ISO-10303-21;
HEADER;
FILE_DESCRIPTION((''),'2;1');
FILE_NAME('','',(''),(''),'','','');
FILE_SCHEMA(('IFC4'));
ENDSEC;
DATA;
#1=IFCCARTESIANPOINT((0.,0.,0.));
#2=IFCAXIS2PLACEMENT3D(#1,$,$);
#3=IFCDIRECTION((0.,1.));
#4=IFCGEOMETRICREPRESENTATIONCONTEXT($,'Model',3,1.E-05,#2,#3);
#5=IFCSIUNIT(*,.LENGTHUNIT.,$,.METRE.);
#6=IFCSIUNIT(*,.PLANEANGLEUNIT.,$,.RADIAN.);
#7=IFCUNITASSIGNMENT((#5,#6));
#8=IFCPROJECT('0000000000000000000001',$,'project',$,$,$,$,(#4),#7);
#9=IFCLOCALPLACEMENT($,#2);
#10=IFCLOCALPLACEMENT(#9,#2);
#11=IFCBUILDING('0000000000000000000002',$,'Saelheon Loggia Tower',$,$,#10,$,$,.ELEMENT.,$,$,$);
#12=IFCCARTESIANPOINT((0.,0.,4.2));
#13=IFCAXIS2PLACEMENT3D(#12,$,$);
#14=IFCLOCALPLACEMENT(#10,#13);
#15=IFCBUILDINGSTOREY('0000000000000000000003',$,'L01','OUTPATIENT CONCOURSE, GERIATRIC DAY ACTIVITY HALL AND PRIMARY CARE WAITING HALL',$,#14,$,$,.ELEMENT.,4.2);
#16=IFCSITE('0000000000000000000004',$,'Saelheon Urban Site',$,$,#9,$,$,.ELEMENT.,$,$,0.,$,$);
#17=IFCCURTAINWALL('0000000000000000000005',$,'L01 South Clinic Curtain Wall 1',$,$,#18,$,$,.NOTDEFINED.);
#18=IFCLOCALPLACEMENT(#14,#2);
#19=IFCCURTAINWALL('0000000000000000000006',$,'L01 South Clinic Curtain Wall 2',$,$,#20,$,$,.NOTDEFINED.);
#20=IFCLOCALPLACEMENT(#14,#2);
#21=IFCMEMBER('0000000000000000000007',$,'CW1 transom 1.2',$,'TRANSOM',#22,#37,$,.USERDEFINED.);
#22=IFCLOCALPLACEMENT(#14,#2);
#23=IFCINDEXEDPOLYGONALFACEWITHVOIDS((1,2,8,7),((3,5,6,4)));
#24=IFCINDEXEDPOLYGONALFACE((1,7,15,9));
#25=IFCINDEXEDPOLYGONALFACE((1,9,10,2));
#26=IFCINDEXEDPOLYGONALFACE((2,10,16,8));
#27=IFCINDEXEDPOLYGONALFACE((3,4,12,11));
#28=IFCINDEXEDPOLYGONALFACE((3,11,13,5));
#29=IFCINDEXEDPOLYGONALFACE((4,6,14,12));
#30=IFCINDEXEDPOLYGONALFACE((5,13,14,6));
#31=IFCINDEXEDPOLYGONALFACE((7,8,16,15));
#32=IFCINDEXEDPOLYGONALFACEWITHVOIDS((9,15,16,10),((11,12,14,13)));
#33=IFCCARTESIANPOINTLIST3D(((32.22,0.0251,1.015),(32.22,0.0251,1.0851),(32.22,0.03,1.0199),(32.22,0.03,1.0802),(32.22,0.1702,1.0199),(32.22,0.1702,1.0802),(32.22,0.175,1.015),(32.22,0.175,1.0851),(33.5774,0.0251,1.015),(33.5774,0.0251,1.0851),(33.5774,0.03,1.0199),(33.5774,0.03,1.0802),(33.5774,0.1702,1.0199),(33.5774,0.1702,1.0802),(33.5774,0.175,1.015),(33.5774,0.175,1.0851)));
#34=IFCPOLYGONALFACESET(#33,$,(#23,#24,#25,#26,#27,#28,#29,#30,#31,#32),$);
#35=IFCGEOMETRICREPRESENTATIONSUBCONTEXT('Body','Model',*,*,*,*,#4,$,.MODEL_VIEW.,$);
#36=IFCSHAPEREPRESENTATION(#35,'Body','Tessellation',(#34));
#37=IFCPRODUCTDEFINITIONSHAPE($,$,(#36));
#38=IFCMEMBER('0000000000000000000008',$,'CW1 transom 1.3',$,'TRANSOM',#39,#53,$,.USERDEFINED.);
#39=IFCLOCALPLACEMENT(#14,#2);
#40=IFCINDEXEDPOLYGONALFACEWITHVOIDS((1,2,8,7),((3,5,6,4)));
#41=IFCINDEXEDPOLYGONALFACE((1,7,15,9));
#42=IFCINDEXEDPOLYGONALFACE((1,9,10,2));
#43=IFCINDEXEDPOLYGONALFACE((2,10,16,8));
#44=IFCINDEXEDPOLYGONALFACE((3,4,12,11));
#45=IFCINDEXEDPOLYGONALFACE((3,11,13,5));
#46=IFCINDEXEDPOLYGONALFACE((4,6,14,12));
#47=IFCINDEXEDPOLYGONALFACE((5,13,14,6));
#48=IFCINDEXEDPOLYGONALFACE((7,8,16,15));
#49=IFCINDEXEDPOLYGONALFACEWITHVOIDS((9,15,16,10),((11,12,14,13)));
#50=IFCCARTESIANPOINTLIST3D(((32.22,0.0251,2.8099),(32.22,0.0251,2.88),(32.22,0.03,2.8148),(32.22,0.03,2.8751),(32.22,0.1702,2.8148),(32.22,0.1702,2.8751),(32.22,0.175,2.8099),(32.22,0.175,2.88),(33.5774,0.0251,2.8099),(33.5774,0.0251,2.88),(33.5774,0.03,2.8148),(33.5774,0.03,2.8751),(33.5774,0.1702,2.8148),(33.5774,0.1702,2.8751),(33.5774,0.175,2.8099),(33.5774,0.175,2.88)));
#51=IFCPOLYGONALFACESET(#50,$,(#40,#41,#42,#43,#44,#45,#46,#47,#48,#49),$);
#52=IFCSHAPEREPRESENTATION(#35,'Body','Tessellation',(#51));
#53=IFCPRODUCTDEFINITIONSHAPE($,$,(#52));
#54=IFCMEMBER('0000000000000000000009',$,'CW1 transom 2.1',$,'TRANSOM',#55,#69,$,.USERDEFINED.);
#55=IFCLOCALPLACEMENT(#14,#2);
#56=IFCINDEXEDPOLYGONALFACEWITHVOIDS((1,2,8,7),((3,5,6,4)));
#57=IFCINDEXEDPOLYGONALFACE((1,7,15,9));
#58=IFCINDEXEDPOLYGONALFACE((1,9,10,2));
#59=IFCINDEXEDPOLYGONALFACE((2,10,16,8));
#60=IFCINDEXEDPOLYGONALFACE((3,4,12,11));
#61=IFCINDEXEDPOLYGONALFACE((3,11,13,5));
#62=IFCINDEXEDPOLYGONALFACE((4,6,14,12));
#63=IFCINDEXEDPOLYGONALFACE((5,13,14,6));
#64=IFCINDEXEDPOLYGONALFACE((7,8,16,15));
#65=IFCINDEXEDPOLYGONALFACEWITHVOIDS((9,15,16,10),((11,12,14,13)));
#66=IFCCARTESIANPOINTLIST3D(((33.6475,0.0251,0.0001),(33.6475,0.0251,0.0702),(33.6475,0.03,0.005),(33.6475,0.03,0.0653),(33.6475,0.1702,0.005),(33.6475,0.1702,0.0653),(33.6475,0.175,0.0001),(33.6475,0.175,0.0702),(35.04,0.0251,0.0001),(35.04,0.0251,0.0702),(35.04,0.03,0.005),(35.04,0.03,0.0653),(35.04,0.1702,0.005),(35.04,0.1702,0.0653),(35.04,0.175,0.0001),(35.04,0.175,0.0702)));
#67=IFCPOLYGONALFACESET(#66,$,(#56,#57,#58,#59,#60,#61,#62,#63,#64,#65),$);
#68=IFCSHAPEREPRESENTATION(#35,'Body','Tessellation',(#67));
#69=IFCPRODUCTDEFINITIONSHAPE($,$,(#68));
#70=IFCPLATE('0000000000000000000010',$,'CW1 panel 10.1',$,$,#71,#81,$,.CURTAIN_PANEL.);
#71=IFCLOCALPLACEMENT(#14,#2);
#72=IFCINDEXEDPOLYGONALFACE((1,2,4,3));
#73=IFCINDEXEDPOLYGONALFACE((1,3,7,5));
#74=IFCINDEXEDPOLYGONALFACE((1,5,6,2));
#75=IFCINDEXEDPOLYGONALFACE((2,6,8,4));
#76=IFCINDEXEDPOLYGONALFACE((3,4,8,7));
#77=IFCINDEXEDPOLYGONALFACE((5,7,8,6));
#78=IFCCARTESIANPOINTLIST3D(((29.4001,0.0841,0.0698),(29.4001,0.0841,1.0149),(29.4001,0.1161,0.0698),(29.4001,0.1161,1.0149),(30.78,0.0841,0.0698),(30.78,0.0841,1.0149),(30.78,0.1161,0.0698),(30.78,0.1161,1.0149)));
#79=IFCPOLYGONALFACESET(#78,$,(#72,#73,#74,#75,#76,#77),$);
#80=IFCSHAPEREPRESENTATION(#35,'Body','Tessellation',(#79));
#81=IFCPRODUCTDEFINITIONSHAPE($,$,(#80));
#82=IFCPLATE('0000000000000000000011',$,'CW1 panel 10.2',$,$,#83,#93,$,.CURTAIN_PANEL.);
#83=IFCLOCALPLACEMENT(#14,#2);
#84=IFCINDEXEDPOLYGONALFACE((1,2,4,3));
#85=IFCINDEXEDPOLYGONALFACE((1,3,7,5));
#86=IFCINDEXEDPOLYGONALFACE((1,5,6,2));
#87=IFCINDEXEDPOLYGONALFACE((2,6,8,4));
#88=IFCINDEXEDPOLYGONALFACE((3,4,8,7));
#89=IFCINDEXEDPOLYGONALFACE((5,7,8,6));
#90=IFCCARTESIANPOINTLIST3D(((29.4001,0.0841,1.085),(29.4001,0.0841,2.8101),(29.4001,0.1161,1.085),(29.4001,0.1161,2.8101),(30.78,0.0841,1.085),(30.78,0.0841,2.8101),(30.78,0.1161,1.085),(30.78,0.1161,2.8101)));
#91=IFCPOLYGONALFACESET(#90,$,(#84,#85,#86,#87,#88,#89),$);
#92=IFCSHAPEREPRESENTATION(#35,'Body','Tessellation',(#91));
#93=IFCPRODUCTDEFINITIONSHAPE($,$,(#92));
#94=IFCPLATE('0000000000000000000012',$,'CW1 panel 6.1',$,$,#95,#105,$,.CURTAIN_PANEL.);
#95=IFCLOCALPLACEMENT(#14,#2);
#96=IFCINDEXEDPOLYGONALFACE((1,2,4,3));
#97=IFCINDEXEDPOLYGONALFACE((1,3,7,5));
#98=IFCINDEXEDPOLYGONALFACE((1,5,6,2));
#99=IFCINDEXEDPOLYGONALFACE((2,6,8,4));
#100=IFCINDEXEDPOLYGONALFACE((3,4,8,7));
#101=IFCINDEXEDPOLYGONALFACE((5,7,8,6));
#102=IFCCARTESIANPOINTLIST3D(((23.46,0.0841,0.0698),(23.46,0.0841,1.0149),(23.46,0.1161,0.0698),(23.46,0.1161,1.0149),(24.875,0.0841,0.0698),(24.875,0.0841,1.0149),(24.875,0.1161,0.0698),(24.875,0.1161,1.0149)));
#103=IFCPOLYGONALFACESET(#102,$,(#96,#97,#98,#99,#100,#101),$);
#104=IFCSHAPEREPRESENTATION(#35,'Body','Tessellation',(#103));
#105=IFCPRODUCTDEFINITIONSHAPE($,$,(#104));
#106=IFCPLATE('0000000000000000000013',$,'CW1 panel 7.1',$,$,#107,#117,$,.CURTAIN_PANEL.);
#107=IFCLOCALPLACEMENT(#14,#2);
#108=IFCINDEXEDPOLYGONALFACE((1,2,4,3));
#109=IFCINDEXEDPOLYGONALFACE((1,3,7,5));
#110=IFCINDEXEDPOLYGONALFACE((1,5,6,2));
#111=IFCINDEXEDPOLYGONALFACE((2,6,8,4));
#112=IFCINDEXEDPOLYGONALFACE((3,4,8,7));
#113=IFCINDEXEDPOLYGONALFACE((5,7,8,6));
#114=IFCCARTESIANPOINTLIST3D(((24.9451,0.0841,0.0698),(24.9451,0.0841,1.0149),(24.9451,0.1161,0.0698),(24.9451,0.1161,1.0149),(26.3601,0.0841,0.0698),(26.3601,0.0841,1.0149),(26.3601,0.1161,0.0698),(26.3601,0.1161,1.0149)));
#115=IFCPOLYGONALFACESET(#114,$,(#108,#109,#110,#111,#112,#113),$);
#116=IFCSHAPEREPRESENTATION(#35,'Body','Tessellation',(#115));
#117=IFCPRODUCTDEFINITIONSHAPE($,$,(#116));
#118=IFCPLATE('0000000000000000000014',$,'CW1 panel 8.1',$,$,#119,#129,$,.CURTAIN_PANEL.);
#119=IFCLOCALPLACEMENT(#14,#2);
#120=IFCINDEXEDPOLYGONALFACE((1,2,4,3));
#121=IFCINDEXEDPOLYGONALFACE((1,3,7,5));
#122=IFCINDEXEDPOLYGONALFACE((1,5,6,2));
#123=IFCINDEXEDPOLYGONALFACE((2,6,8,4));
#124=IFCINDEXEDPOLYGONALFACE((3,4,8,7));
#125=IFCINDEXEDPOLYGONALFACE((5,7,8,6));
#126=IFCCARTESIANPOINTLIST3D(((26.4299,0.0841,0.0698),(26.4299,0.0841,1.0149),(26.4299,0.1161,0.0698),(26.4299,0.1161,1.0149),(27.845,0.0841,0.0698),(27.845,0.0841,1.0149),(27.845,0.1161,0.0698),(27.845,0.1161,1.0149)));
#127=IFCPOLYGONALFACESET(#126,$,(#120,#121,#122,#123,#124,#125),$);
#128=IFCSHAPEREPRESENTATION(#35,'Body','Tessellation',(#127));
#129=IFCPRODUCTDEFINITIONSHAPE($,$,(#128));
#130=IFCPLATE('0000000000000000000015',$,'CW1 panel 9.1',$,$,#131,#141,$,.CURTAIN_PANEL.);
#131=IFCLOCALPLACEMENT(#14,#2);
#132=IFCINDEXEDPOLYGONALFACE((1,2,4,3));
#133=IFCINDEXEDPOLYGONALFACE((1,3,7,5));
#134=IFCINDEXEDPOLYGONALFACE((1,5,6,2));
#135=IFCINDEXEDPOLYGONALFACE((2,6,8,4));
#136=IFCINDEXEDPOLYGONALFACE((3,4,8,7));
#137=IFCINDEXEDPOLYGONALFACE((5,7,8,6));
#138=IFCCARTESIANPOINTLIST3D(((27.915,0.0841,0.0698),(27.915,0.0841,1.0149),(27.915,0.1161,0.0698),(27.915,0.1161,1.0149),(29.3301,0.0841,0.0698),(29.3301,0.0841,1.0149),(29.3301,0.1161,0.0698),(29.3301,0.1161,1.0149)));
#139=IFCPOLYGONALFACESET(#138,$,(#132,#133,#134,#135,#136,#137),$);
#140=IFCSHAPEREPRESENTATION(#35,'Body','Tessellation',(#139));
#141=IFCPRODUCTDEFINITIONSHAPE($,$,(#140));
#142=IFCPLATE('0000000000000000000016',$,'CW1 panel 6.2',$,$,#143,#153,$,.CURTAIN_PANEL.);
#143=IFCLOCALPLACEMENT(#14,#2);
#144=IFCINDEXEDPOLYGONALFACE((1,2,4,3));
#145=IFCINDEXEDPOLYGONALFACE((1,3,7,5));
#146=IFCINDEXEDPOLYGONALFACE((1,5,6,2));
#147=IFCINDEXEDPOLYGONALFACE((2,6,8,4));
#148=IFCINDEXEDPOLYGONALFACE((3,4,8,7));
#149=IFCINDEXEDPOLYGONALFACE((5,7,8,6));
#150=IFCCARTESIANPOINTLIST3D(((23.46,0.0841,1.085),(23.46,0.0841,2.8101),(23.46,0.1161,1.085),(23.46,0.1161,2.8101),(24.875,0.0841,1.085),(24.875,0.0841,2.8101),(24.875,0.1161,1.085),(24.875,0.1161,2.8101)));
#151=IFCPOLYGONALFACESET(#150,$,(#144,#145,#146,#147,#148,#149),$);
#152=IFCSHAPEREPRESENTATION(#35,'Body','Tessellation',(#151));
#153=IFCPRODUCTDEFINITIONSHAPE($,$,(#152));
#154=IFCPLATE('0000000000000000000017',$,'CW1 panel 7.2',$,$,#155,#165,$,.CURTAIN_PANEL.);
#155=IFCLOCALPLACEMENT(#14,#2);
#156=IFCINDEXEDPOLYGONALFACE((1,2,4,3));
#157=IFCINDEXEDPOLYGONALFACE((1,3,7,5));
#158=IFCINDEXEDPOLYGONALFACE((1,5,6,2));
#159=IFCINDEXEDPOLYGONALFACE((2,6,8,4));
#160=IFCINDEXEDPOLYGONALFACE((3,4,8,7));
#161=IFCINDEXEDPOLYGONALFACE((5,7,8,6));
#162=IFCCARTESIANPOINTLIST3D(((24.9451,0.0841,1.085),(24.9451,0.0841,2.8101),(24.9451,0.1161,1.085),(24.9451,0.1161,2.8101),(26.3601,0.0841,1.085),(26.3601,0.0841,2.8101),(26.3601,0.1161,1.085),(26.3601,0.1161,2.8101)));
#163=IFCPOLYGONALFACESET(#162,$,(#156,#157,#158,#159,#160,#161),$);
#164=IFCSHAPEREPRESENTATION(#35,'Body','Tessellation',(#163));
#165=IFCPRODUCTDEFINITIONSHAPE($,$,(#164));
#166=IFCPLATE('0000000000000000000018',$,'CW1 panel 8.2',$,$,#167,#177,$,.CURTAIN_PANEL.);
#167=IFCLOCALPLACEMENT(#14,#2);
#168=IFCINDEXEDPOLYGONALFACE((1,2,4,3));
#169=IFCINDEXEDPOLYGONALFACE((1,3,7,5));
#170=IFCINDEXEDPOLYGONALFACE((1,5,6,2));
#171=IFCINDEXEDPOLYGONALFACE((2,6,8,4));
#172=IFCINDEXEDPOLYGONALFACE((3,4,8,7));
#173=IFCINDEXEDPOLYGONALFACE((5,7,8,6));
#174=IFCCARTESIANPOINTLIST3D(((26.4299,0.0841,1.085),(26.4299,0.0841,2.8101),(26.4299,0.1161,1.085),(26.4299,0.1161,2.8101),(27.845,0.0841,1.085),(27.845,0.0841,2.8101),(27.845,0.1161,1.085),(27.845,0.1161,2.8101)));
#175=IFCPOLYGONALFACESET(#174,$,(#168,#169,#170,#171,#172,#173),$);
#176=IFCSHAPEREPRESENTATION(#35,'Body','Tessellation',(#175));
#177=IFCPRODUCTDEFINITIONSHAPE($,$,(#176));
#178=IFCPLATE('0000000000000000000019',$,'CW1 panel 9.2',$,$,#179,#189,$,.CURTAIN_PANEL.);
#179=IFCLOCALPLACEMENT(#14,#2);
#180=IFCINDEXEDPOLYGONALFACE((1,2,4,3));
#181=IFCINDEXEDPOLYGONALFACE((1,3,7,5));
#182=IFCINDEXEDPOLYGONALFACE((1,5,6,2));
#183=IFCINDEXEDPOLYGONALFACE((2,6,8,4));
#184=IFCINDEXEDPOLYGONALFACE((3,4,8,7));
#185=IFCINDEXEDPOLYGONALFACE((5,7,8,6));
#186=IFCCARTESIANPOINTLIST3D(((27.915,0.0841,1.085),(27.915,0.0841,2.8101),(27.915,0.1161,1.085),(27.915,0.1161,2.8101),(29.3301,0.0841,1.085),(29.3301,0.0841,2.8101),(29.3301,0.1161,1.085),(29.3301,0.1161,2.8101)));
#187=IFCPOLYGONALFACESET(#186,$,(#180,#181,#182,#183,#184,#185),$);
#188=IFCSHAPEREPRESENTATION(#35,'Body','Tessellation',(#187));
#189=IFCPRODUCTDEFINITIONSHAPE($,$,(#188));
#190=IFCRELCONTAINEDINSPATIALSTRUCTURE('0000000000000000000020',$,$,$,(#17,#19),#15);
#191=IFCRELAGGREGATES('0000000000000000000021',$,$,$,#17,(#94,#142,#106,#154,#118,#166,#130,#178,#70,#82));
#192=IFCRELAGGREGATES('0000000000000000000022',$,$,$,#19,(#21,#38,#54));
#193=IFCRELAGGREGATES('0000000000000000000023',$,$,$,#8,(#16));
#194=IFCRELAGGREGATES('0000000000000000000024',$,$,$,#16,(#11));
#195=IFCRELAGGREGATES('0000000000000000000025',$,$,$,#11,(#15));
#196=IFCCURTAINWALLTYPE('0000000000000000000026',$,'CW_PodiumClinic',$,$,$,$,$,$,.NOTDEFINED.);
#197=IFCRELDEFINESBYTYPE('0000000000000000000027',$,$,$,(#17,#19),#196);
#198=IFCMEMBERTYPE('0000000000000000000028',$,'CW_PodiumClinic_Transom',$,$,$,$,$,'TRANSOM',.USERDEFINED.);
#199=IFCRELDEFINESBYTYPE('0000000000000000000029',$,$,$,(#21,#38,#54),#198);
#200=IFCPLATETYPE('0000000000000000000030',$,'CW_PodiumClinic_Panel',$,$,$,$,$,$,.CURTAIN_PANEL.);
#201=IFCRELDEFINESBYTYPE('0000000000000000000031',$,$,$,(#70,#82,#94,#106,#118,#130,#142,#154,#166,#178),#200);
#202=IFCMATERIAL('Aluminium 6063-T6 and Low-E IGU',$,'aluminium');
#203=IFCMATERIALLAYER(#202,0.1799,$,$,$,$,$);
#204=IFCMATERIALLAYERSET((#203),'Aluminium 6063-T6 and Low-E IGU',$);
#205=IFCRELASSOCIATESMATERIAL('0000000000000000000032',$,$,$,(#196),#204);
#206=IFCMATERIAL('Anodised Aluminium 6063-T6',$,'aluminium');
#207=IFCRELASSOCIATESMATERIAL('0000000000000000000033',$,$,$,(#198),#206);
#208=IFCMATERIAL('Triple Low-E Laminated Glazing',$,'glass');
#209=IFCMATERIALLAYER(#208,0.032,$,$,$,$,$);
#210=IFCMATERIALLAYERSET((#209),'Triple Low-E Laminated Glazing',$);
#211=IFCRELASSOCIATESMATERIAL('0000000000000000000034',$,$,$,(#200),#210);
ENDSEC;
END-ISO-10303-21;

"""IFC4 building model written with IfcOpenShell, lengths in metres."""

from ifc_helpers import new_model, si_unit, direction, frame, origin, origin_2d, place, context, subcontext, project, spatial, rectangle, hollow_rectangle, extrude, source, transform, mapped, material, layer, layer_set, material_profile, profile_set, type_object, element, aggregate, save


model = new_model("IFC4")

# Units and contexts
model_context = context("Model", 3, precision=1e-05, world=origin(), true_north=direction((0.0, 1.0)))
body_context = subcontext(model_context, "Body", "Model", "MODEL_VIEW")
ifc_project = project(units=[si_unit("LENGTHUNIT", "METRE"), si_unit("PLANEANGLEUNIT", "RADIAN")], contexts=[model_context])

# Site, building, storey
site_placement = place(None, origin())
site = spatial("IfcSite", under=ifc_project, at=site_placement, Name="Saelheon Urban Site", CompositionType="ELEMENT", RefElevation=0.0)
building_placement = place(site_placement, origin())
building = spatial("IfcBuilding", under=site, at=building_placement, Name="Saelheon Loggia Tower", CompositionType="ELEMENT")
storey_placement = place(building_placement, frame((0.0, 0.0, 4.2)))
storey = spatial("IfcBuildingStorey", under=building, at=storey_placement, Name="L01", Description="OUTPATIENT CONCOURSE, GERIATRIC DAY ACTIVITY HALL AND PRIMARY CARE WAITING HALL", CompositionType="ELEMENT", Elevation=4.2)

# Curtain walls
ifc_material_1 = material(Name="Aluminium 6063-T6 and Low-E IGU", Category="aluminium")
ifc_layer_1 = layer(ifc_material_1, 0.1799)
ifc_layer_set_1 = layer_set([ifc_layer_1], Name="Aluminium 6063-T6 and Low-E IGU")
curtain_wall_type = type_object("IfcCurtainWallType", Name="CW_PodiumClinic", PredefinedType="NOTDEFINED", material=ifc_layer_set_1)
curtain_wall_1_placement = place(storey_placement, origin())
curtain_wall_1 = element("IfcCurtainWall", 1, at=curtain_wall_1_placement, inside=storey, type_object=curtain_wall_type, Name="L01 South Clinic Curtain Wall 1", PredefinedType="NOTDEFINED")
ifc_material_2 = material(Name="Anodised Aluminium 6063-T6", Category="aluminium")
curtain_wall_2_placement = place(storey_placement, origin())
curtain_wall_2 = element("IfcCurtainWall", 2, at=curtain_wall_2_placement, inside=storey, type_object=curtain_wall_type, Name="L01 South Clinic Curtain Wall 2", PredefinedType="NOTDEFINED")

# Members
ifc_material_profile_1 = material_profile(ifc_material_2, hollow_rectangle(XDim=0.0701, YDim=0.1499, WallThickness=0.0049, at=origin_2d()), Name="RHS-150x70x5")
ifc_profile_set_1 = profile_set([ifc_material_profile_1], Name="Anodised Aluminium 6063-T6")
member_type_1 = type_object("IfcMemberType", Name="CW_PodiumClinic_Transom", ElementType="TRANSOM", PredefinedType="USERDEFINED", material=ifc_profile_set_1)
shared_shape_1 = source(origin(), body_context, "Body", "SweptSolid", [
    extrude(hollow_rectangle(XDim=0.0701, YDim=0.1499, WallThickness=0.0049, at=origin_2d()), origin(), (0.0, 0.0, 1.0), 1.3574),
])
member_1_placement = place(storey_placement, frame((32.22, 0.1001, 1.05), z_axis=(1.0, 0.0, 0.0), x_axis=(0.0, 0.0, 1.0)))
member_1 = element("IfcMember", 3, at=member_1_placement, type_object=member_type_1, Name="CW1 transom 1.2", ObjectType="TRANSOM", PredefinedType="USERDEFINED", context=body_context, shape_type="MappedRepresentation", body=[
    mapped(shared_shape_1, transform((0.0, 0.0, 0.0), scale=1.0)),
])
member_2_placement = place(storey_placement, frame((32.22, 0.1001, 2.845), z_axis=(1.0, 0.0, 0.0), x_axis=(0.0, 0.0, 1.0)))
member_2 = element("IfcMember", 4, at=member_2_placement, type_object=member_type_1, Name="CW1 transom 1.3", ObjectType="TRANSOM", PredefinedType="USERDEFINED", context=body_context, shape_type="MappedRepresentation", body=[
    mapped(shared_shape_1, transform((0.0, 0.0, 0.0), scale=1.0)),
])
shared_shape_2 = source(origin(), body_context, "Body", "SweptSolid", [
    extrude(hollow_rectangle(XDim=0.0701, YDim=0.1499, WallThickness=0.0049, at=origin_2d()), origin(), (0.0, 0.0, 1.0), 1.3926),
])
member_3_placement = place(storey_placement, frame((33.6475, 0.1001, 0.0352), z_axis=(1.0, 0.0, 0.0), x_axis=(0.0, 0.0, 1.0)))
member_3 = element("IfcMember", 5, at=member_3_placement, type_object=member_type_1, Name="CW1 transom 2.1", ObjectType="TRANSOM", PredefinedType="USERDEFINED", context=body_context, shape_type="MappedRepresentation", body=[
    mapped(shared_shape_2, transform((0.0, 0.0, 0.0), scale=1.0)),
])

# Plates
ifc_material_3 = material(Name="Triple Low-E Laminated Glazing", Category="glass")
ifc_layer_2 = layer(ifc_material_3, 0.032)
ifc_layer_set_2 = layer_set([ifc_layer_2], Name="Triple Low-E Laminated Glazing")
plate_type = type_object("IfcPlateType", Name="CW_PodiumClinic_Panel", PredefinedType="CURTAIN_PANEL", material=ifc_layer_set_2)
shared_shape_3 = source(origin(), body_context, "Body", "SweptSolid", [
    extrude(rectangle(XDim=1.3799, YDim=0.032, at=origin_2d()), origin(), (0.0, 0.0, 1.0), 0.9451),
])
plate_1_placement = place(storey_placement, frame((30.0901, 0.1001, 0.0698), z_axis=(0.0, 0.0, 1.0), x_axis=(1.0, 0.0, 0.0)))
plate_1 = element("IfcPlate", 6, at=plate_1_placement, type_object=plate_type, Name="CW1 panel 10.1", PredefinedType="CURTAIN_PANEL", context=body_context, shape_type="MappedRepresentation", body=[
    mapped(shared_shape_3, transform((0.0, 0.0, 0.0), scale=1.0)),
])
shared_shape_4 = source(origin(), body_context, "Body", "SweptSolid", [
    extrude(rectangle(XDim=1.3799, YDim=0.032, at=origin_2d()), origin(), (0.0, 0.0, 1.0), 1.7251),
])
plate_2_placement = place(storey_placement, frame((30.0901, 0.1001, 1.085), z_axis=(0.0, 0.0, 1.0), x_axis=(1.0, 0.0, 0.0)))
plate_2 = element("IfcPlate", 7, at=plate_2_placement, type_object=plate_type, Name="CW1 panel 10.2", PredefinedType="CURTAIN_PANEL", context=body_context, shape_type="MappedRepresentation", body=[
    mapped(shared_shape_4, transform((0.0, 0.0, 0.0), scale=1.0)),
])
shared_shape_5 = source(origin(), body_context, "Body", "SweptSolid", [
    extrude(rectangle(XDim=1.415, YDim=0.032, at=origin_2d()), origin(), (0.0, 0.0, 1.0), 0.9451),
])
plate_3_placement = place(storey_placement, frame((24.1675, 0.1001, 0.0698), z_axis=(0.0, 0.0, 1.0), x_axis=(1.0, 0.0, 0.0)))
plate_3 = element("IfcPlate", 8, at=plate_3_placement, type_object=plate_type, Name="CW1 panel 6.1", PredefinedType="CURTAIN_PANEL", context=body_context, shape_type="MappedRepresentation", body=[
    mapped(shared_shape_5, transform((0.0, 0.0, 0.0), scale=1.0)),
])
plate_4_placement = place(storey_placement, frame((25.6526, 0.1001, 0.0698), z_axis=(0.0, 0.0, 1.0), x_axis=(1.0, 0.0, 0.0)))
plate_4 = element("IfcPlate", 9, at=plate_4_placement, type_object=plate_type, Name="CW1 panel 7.1", PredefinedType="CURTAIN_PANEL", context=body_context, shape_type="MappedRepresentation", body=[
    mapped(shared_shape_5, transform((0.0, 0.0, 0.0), scale=1.0)),
])
plate_5_placement = place(storey_placement, frame((27.1375, 0.1001, 0.0698), z_axis=(0.0, 0.0, 1.0), x_axis=(1.0, 0.0, 0.0)))
plate_5 = element("IfcPlate", 10, at=plate_5_placement, type_object=plate_type, Name="CW1 panel 8.1", PredefinedType="CURTAIN_PANEL", context=body_context, shape_type="MappedRepresentation", body=[
    mapped(shared_shape_5, transform((0.0, 0.0, 0.0), scale=1.0)),
])
plate_6_placement = place(storey_placement, frame((28.6226, 0.1001, 0.0698), z_axis=(0.0, 0.0, 1.0), x_axis=(1.0, 0.0, 0.0)))
plate_6 = element("IfcPlate", 11, at=plate_6_placement, type_object=plate_type, Name="CW1 panel 9.1", PredefinedType="CURTAIN_PANEL", context=body_context, shape_type="MappedRepresentation", body=[
    mapped(shared_shape_5, transform((0.0, 0.0, 0.0), scale=1.0)),
])
shared_shape_6 = source(origin(), body_context, "Body", "SweptSolid", [
    extrude(rectangle(XDim=1.415, YDim=0.032, at=origin_2d()), origin(), (0.0, 0.0, 1.0), 1.7251),
])
plate_7_placement = place(storey_placement, frame((24.1675, 0.1001, 1.085), z_axis=(0.0, 0.0, 1.0), x_axis=(1.0, 0.0, 0.0)))
plate_7 = element("IfcPlate", 12, at=plate_7_placement, type_object=plate_type, Name="CW1 panel 6.2", PredefinedType="CURTAIN_PANEL", context=body_context, shape_type="MappedRepresentation", body=[
    mapped(shared_shape_6, transform((0.0, 0.0, 0.0), scale=1.0)),
])
plate_8_placement = place(storey_placement, frame((25.6526, 0.1001, 1.085), z_axis=(0.0, 0.0, 1.0), x_axis=(1.0, 0.0, 0.0)))
plate_8 = element("IfcPlate", 13, at=plate_8_placement, type_object=plate_type, Name="CW1 panel 7.2", PredefinedType="CURTAIN_PANEL", context=body_context, shape_type="MappedRepresentation", body=[
    mapped(shared_shape_6, transform((0.0, 0.0, 0.0), scale=1.0)),
])
plate_9_placement = place(storey_placement, frame((27.1375, 0.1001, 1.085), z_axis=(0.0, 0.0, 1.0), x_axis=(1.0, 0.0, 0.0)))
plate_9 = element("IfcPlate", 14, at=plate_9_placement, type_object=plate_type, Name="CW1 panel 8.2", PredefinedType="CURTAIN_PANEL", context=body_context, shape_type="MappedRepresentation", body=[
    mapped(shared_shape_6, transform((0.0, 0.0, 0.0), scale=1.0)),
])
plate_10_placement = place(storey_placement, frame((28.6226, 0.1001, 1.085), z_axis=(0.0, 0.0, 1.0), x_axis=(1.0, 0.0, 0.0)))
plate_10 = element("IfcPlate", 15, at=plate_10_placement, type_object=plate_type, Name="CW1 panel 9.2", PredefinedType="CURTAIN_PANEL", context=body_context, shape_type="MappedRepresentation", body=[
    mapped(shared_shape_6, transform((0.0, 0.0, 0.0), scale=1.0)),
])
aggregate(curtain_wall_1, [plate_3, plate_7, plate_4, plate_8, plate_5, plate_9, plate_6, plate_10, plate_1, plate_2])
aggregate(curtain_wall_2, [member_1, member_2, member_3])

save(model, "model.ifc")
